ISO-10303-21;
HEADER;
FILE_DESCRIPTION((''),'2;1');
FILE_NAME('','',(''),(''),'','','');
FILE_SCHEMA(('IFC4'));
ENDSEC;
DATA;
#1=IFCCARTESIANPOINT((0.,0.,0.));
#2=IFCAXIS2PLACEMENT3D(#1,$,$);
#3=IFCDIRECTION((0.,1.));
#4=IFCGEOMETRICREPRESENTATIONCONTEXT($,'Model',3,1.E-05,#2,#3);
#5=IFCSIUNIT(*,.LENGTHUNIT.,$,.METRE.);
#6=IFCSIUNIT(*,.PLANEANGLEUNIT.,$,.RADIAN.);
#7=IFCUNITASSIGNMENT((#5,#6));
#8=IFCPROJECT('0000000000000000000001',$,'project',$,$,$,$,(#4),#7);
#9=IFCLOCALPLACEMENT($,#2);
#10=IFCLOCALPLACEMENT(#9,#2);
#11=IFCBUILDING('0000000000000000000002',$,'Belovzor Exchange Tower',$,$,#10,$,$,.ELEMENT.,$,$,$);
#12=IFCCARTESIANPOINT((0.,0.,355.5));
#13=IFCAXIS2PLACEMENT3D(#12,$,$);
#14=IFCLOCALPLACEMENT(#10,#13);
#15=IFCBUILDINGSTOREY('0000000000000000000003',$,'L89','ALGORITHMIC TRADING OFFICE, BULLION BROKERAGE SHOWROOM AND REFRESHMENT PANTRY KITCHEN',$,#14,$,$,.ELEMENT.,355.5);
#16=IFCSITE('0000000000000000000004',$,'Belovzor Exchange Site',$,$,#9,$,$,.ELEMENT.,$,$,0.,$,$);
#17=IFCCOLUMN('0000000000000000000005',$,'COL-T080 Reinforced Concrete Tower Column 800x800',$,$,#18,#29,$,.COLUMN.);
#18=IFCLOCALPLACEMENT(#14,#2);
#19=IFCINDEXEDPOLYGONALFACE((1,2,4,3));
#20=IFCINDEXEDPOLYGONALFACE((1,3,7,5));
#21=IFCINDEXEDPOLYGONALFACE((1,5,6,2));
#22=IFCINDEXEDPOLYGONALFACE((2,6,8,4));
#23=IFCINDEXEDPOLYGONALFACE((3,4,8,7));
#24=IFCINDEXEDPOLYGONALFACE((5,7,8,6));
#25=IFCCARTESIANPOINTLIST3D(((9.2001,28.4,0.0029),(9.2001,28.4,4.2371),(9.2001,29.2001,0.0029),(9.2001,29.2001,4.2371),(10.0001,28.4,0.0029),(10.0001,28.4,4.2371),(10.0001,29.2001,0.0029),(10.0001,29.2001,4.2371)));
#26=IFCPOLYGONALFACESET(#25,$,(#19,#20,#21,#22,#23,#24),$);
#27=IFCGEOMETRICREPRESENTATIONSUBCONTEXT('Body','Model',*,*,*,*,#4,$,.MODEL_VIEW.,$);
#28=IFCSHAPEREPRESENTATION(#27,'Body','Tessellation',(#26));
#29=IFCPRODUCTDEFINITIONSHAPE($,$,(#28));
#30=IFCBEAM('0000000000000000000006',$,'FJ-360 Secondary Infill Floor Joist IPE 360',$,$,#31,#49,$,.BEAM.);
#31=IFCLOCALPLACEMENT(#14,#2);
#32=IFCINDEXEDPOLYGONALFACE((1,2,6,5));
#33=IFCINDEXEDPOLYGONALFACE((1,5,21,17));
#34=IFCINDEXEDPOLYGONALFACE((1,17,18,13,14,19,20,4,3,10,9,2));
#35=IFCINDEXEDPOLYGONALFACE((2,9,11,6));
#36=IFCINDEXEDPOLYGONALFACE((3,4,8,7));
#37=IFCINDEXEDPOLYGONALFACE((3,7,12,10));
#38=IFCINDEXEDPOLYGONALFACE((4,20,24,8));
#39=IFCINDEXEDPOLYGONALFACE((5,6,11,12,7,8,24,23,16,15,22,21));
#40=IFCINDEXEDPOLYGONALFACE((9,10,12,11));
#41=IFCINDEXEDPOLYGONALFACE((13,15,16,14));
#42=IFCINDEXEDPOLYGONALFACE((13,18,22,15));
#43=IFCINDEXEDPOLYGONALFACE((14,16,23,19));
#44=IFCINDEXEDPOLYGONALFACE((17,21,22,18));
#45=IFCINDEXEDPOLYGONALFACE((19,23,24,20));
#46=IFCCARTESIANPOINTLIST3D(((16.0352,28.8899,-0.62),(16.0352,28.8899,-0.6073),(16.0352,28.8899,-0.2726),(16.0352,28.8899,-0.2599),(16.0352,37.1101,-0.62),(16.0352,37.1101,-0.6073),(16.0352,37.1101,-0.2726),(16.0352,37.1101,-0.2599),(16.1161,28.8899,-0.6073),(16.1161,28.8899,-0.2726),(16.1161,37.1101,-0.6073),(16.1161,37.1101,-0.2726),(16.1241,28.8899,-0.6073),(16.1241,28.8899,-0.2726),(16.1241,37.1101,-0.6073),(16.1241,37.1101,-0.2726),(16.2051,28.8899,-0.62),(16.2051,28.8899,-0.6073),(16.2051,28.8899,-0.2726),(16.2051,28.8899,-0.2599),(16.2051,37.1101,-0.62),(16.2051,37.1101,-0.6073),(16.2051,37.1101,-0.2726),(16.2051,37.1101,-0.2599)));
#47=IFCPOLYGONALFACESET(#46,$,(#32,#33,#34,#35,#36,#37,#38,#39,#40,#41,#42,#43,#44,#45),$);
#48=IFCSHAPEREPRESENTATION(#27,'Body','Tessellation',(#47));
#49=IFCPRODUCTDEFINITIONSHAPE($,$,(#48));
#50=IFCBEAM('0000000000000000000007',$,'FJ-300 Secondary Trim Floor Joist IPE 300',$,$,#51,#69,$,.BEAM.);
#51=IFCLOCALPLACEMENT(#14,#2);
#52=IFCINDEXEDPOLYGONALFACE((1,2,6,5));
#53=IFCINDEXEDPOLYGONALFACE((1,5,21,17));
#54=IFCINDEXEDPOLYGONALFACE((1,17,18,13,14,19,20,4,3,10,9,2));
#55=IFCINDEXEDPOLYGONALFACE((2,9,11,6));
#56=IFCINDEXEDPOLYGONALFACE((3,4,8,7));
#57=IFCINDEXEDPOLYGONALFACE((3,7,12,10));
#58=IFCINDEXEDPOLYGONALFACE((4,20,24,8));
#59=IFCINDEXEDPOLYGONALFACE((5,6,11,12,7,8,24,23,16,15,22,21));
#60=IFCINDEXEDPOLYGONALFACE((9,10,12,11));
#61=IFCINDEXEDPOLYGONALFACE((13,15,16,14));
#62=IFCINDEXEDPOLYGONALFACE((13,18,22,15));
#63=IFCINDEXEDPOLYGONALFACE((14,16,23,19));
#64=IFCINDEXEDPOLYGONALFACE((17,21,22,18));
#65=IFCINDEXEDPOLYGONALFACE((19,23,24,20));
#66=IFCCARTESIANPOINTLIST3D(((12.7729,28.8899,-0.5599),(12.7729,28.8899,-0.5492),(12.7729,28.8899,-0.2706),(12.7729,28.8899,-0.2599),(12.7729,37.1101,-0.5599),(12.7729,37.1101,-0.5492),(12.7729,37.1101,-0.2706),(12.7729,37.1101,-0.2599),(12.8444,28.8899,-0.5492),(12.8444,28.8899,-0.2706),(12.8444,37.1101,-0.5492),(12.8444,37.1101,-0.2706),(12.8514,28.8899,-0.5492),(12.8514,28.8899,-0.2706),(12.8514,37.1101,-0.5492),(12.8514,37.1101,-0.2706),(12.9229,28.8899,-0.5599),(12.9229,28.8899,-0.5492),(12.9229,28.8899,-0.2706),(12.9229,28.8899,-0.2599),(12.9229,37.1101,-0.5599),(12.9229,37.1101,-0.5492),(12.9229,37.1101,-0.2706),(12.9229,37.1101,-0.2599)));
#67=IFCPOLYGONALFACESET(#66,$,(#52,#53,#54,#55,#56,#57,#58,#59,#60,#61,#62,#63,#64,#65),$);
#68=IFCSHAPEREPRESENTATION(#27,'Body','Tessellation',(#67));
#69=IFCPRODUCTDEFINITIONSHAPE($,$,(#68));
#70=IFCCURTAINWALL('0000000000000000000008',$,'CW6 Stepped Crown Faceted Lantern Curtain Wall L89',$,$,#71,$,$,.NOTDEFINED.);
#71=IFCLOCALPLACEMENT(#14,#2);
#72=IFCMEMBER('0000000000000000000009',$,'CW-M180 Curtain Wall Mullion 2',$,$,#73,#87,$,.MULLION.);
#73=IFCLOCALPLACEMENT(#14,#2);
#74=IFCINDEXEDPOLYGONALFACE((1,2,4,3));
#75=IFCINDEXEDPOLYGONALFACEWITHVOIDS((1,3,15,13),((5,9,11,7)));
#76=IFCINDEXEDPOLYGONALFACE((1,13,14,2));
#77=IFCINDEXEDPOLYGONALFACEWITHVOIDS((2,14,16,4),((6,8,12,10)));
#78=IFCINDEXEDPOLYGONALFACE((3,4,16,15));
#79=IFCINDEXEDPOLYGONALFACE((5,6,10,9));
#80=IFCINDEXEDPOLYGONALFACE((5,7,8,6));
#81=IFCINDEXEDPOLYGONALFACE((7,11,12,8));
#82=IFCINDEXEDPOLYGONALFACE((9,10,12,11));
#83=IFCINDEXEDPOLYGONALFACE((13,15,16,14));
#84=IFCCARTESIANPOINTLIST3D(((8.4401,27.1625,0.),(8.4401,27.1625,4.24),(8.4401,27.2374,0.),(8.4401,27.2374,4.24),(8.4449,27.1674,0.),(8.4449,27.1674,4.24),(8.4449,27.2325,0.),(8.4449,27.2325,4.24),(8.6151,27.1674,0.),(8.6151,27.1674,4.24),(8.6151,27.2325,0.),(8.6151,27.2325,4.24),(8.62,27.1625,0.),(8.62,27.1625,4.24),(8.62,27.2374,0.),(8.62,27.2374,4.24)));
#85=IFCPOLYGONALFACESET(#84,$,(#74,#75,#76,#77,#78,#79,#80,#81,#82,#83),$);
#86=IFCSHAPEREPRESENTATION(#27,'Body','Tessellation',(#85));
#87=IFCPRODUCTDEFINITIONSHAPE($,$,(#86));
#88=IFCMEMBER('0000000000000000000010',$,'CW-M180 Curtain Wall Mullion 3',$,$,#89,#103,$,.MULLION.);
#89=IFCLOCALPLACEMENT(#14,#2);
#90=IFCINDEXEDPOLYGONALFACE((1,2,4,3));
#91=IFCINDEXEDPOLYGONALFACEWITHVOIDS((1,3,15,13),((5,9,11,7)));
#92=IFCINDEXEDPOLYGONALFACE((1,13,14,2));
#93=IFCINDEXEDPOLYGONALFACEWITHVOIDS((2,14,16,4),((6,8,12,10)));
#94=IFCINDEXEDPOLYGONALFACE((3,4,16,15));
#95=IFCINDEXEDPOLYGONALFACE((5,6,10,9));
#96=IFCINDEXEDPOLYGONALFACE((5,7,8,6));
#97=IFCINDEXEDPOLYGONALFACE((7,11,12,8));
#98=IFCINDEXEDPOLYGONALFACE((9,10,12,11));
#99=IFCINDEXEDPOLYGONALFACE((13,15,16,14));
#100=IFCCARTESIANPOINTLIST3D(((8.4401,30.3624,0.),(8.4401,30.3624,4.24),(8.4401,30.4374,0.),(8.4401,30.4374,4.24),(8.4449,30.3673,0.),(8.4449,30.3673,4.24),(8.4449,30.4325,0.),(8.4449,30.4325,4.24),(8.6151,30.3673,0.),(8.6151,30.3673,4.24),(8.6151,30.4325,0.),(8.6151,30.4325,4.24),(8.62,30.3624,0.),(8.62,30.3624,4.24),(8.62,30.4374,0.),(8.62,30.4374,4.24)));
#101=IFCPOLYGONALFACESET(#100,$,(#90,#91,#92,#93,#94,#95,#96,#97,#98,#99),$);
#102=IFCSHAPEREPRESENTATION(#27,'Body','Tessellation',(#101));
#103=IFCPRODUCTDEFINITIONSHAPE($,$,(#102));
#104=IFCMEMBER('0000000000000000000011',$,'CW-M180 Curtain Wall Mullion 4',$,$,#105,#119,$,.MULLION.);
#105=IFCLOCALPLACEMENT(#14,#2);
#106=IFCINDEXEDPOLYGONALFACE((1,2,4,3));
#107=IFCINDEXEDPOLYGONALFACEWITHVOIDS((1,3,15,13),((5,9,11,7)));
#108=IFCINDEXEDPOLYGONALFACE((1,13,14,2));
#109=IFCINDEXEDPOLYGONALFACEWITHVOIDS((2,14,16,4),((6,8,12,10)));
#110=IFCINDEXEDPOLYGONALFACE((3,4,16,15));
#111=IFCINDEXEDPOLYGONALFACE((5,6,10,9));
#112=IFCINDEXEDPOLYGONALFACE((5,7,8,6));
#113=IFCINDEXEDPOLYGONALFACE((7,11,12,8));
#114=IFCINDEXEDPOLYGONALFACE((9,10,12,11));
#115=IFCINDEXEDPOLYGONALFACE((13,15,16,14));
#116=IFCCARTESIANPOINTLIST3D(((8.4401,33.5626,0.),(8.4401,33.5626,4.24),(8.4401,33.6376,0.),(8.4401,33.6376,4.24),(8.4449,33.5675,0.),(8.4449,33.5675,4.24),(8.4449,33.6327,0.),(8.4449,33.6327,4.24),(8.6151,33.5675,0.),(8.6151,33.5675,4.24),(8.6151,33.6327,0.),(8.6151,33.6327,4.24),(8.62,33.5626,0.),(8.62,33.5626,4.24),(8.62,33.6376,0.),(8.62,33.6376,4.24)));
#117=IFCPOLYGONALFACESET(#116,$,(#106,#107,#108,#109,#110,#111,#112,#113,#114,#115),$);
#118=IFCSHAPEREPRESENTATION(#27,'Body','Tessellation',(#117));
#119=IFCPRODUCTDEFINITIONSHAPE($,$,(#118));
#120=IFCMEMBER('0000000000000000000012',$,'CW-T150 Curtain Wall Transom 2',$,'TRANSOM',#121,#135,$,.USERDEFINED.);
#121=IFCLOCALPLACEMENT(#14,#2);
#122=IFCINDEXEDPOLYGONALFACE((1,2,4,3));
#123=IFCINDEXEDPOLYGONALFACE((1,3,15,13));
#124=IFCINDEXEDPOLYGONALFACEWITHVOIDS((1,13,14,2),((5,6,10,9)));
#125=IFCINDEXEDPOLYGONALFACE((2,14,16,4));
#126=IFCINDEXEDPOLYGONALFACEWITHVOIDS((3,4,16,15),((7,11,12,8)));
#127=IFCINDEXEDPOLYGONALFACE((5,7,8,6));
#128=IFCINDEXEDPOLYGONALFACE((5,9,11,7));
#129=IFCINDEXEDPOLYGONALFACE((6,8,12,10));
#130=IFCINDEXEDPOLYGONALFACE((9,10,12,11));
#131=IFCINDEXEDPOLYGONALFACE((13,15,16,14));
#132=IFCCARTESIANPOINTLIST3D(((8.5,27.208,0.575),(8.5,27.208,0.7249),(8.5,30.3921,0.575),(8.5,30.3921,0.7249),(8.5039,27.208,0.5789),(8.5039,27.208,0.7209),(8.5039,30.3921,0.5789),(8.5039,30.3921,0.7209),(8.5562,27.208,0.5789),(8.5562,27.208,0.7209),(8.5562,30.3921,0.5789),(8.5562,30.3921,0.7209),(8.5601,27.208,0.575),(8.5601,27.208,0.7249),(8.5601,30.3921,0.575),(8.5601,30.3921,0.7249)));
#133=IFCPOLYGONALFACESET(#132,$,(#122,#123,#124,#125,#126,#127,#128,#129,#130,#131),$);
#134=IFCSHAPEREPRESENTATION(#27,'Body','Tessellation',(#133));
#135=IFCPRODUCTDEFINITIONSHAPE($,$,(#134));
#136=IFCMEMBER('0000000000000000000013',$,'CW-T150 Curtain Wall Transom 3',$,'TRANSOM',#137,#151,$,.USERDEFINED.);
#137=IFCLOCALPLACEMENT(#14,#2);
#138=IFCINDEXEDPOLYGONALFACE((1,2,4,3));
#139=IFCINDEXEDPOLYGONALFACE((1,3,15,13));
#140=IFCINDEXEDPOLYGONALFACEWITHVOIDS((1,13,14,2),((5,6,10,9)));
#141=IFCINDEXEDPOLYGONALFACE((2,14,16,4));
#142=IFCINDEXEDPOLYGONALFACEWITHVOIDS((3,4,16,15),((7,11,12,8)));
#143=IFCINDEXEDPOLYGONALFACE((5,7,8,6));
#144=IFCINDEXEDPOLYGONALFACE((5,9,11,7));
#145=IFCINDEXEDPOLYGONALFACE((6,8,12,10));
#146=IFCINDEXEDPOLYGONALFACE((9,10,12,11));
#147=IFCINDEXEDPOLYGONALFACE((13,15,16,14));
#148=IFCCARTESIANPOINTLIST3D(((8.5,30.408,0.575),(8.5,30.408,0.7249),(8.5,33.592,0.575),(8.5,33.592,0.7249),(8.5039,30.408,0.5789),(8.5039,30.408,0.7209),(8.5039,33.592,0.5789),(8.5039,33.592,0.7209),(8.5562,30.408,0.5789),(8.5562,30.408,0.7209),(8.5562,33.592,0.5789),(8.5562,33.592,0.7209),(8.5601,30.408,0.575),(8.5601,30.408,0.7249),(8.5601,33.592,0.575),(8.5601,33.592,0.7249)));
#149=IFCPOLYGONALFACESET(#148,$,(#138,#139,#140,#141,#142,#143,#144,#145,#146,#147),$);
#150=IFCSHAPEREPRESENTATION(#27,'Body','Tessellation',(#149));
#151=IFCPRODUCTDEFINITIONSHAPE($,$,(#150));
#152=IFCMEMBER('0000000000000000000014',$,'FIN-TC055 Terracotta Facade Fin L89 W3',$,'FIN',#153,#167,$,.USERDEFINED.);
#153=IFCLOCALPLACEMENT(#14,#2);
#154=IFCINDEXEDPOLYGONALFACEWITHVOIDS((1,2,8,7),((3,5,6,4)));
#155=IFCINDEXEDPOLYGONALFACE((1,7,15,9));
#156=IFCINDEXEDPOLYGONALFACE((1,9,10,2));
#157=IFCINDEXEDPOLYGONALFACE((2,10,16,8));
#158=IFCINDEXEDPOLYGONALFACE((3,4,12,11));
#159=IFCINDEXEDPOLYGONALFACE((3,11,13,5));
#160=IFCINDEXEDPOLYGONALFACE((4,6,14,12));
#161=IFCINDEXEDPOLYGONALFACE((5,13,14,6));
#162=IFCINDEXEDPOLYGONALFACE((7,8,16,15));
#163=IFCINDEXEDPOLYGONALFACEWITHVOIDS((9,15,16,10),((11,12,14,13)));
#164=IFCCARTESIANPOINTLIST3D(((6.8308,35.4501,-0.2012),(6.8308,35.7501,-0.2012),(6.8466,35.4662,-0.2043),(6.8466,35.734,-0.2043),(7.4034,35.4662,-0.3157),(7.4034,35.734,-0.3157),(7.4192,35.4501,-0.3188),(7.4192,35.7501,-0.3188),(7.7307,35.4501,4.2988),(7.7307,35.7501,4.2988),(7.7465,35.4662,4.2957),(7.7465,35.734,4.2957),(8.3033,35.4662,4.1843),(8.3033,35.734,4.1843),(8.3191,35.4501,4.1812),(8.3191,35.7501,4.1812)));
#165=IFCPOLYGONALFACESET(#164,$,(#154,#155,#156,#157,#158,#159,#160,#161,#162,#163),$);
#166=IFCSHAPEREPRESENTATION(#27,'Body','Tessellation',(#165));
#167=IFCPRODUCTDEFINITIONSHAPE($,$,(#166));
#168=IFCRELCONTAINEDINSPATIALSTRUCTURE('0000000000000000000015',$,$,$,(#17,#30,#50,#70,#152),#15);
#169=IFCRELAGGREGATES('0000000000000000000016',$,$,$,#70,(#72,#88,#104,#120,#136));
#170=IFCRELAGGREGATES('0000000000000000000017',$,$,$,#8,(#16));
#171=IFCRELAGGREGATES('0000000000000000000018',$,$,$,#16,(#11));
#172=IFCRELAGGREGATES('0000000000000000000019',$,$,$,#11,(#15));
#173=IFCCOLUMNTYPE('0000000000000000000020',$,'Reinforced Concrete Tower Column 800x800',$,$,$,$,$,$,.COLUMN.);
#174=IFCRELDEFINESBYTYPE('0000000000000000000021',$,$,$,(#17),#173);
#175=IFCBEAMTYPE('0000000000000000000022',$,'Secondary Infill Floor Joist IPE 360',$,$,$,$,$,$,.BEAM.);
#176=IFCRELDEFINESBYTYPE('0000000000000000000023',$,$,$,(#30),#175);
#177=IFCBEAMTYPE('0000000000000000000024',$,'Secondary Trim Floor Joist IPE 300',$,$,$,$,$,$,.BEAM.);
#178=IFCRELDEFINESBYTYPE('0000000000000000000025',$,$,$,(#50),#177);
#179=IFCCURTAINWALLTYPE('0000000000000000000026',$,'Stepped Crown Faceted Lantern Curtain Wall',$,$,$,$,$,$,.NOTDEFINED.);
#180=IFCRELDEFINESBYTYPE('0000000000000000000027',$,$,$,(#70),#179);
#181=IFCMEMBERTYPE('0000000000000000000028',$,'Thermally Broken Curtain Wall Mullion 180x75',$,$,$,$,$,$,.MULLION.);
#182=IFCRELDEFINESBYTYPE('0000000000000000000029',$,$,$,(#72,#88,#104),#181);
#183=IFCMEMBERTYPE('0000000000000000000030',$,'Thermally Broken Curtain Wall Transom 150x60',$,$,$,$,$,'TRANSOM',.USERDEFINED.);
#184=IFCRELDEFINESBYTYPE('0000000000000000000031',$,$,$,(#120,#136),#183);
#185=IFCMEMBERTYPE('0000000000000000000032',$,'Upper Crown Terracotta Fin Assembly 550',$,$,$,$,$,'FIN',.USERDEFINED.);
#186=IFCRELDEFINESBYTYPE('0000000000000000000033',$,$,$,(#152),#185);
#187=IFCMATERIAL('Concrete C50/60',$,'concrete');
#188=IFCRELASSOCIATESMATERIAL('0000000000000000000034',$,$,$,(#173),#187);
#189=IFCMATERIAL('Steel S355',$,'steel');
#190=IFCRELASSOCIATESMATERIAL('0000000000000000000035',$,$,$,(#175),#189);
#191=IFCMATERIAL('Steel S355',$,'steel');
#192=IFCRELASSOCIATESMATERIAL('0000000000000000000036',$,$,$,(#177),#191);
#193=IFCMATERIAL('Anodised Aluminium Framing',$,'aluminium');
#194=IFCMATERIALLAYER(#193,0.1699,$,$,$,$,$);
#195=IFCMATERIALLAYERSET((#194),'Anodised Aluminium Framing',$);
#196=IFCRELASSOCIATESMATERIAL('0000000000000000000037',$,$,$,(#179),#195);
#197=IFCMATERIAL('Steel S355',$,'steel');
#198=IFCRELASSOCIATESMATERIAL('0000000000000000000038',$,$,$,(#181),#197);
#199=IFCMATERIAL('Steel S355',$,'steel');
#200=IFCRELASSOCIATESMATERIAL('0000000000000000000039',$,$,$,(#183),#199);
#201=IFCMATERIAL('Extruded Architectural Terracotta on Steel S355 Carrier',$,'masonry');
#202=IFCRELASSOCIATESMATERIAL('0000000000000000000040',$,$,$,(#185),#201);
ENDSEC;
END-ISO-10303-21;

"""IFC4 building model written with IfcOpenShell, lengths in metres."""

from ifc_helpers import new_model, si_unit, direction, frame, origin, origin_2d, place, context, subcontext, project, spatial, rectangle, hollow_rectangle, i_section, extrude, material, layer, layer_set, material_profile, profile_set, type_object, element, aggregate, save


model = new_model("IFC4")

# Units and contexts
model_context = context("Model", 3, precision=1e-05, world=origin(), true_north=direction((0.0, 1.0)))
body_context = subcontext(model_context, "Body", "Model", "MODEL_VIEW")
ifc_project = project(units=[si_unit("LENGTHUNIT", "METRE"), si_unit("PLANEANGLEUNIT", "RADIAN")], contexts=[model_context])

# Site, building, storey
site_placement = place(None, origin())
site = spatial("IfcSite", under=ifc_project, at=site_placement, Name="Belovzor Exchange Site", CompositionType="ELEMENT", RefElevation=0.0)
building_placement = place(site_placement, origin())
building = spatial("IfcBuilding", under=site, at=building_placement, Name="Belovzor Exchange Tower", CompositionType="ELEMENT")
storey_placement = place(building_placement, frame((0.0, 0.0, 355.5)))
storey = spatial("IfcBuildingStorey", under=building, at=storey_placement, Name="L89", Description="ALGORITHMIC TRADING OFFICE, BULLION BROKERAGE SHOWROOM AND REFRESHMENT PANTRY KITCHEN", CompositionType="ELEMENT", Elevation=355.5)

# Column
ifc_material_1 = material(Name="Concrete C50/60", Category="concrete")
ifc_material_profile_1 = material_profile(ifc_material_1, rectangle(XDim=0.8, YDim=0.8, at=origin_2d()))
ifc_profile_set_1 = profile_set([ifc_material_profile_1], Name="Concrete C50/60")
column_type = type_object("IfcColumnType", Name="Reinforced Concrete Tower Column 800x800", PredefinedType="COLUMN", material=ifc_profile_set_1)
column_placement = place(storey_placement, frame((9.6001, 28.8, 0.0029), z_axis=(0.0, 0.0, 1.0), x_axis=(1.0, 0.0, 0.0)))
element("IfcColumn", 1, at=column_placement, inside=storey, type_object=column_type, Name="COL-T080 Reinforced Concrete Tower Column 800x800", PredefinedType="COLUMN", context=body_context, shape_type="SweptSolid", body=[
    extrude(rectangle(XDim=0.8, YDim=0.8, at=origin_2d()), origin(), (0.0, 0.0, 1.0), 4.2341),
])

# Beams
ifc_material_2 = material(Name="Steel S355", Category="steel")
ifc_material_profile_2 = material_profile(ifc_material_2, i_section(OverallWidth=0.1699, OverallDepth=0.3601, WebThickness=0.0081, FlangeThickness=0.0127, at=origin_2d()))
ifc_profile_set_2 = profile_set([ifc_material_profile_2], Name="Steel S355")
beam_type_1 = type_object("IfcBeamType", Name="Secondary Infill Floor Joist IPE 360", PredefinedType="BEAM", material=ifc_profile_set_2)
beam_1_placement = place(storey_placement, frame((16.1201, 28.8899, -0.4399), z_axis=(0.0, 1.0, 0.0), x_axis=(-1.0, 0.0, 0.0)))
element("IfcBeam", 2, at=beam_1_placement, inside=storey, type_object=beam_type_1, Name="FJ-360 Secondary Infill Floor Joist IPE 360", PredefinedType="BEAM", context=body_context, shape_type="SweptSolid", body=[
    extrude(i_section(OverallWidth=0.1699, OverallDepth=0.3601, WebThickness=0.0081, FlangeThickness=0.0127, at=origin_2d()), origin(), (0.0, 0.0, 1.0), 8.2202),
])
ifc_material_3 = material(Name="Steel S355", Category="steel")
ifc_material_profile_3 = material_profile(ifc_material_3, i_section(OverallWidth=0.1499, OverallDepth=0.3, WebThickness=0.0071, FlangeThickness=0.0107, at=origin_2d()))
ifc_profile_set_3 = profile_set([ifc_material_profile_3], Name="Steel S355")
beam_type_2 = type_object("IfcBeamType", Name="Secondary Trim Floor Joist IPE 300", PredefinedType="BEAM", material=ifc_profile_set_3)
beam_2_placement = place(storey_placement, frame((12.8479, 28.8899, -0.4099), z_axis=(0.0, 1.0, 0.0), x_axis=(-1.0, 0.0, 0.0)))
element("IfcBeam", 3, at=beam_2_placement, inside=storey, type_object=beam_type_2, Name="FJ-300 Secondary Trim Floor Joist IPE 300", PredefinedType="BEAM", context=body_context, shape_type="SweptSolid", body=[
    extrude(i_section(OverallWidth=0.1499, OverallDepth=0.3, WebThickness=0.0071, FlangeThickness=0.0107, at=origin_2d()), origin(), (0.0, 0.0, 1.0), 8.2202),
])

# Curtain wall, members
ifc_material_4 = material(Name="Anodised Aluminium Framing", Category="aluminium")
ifc_layer_1 = layer(ifc_material_4, 0.1699)
ifc_layer_set_1 = layer_set([ifc_layer_1], Name="Anodised Aluminium Framing")
curtain_wall_type = type_object("IfcCurtainWallType", Name="Stepped Crown Faceted Lantern Curtain Wall", PredefinedType="NOTDEFINED", material=ifc_layer_set_1)
curtain_wall_placement = place(storey_placement, origin())
curtain_wall = element("IfcCurtainWall", 4, at=curtain_wall_placement, inside=storey, type_object=curtain_wall_type, Name="CW6 Stepped Crown Faceted Lantern Curtain Wall L89", PredefinedType="NOTDEFINED")
ifc_material_5 = material(Name="Steel S355", Category="steel")
ifc_material_profile_4 = material_profile(ifc_material_5, hollow_rectangle(XDim=0.075, YDim=0.1799, WallThickness=0.0049, at=origin_2d()))
ifc_profile_set_4 = profile_set([ifc_material_profile_4], Name="Steel S355")
member_type_1 = type_object("IfcMemberType", Name="Thermally Broken Curtain Wall Mullion 180x75", PredefinedType="MULLION", material=ifc_profile_set_4)
member_1_placement = place(storey_placement, frame((8.53, 27.2, 0.0), z_axis=(0.0, 0.0, 1.0), x_axis=(0.0, 1.0, 0.0)))
member_1 = element("IfcMember", 5, at=member_1_placement, type_object=member_type_1, Name="CW-M180 Curtain Wall Mullion 2", PredefinedType="MULLION", context=body_context, shape_type="SweptSolid", body=[
    extrude(hollow_rectangle(XDim=0.075, YDim=0.1799, WallThickness=0.0049, at=origin_2d()), origin(), (0.0, 0.0, 1.0), 4.24),
])
member_2_placement = place(storey_placement, frame((8.53, 30.3999, 0.0), z_axis=(0.0, 0.0, 1.0), x_axis=(0.0, 1.0, 0.0)))
member_2 = element("IfcMember", 6, at=member_2_placement, type_object=member_type_1, Name="CW-M180 Curtain Wall Mullion 3", PredefinedType="MULLION", context=body_context, shape_type="SweptSolid", body=[
    extrude(hollow_rectangle(XDim=0.075, YDim=0.1799, WallThickness=0.0049, at=origin_2d()), origin(), (0.0, 0.0, 1.0), 4.24),
])
member_3_placement = place(storey_placement, frame((8.53, 33.6001, 0.0), z_axis=(0.0, 0.0, 1.0), x_axis=(0.0, 1.0, 0.0)))
member_3 = element("IfcMember", 7, at=member_3_placement, type_object=member_type_1, Name="CW-M180 Curtain Wall Mullion 4", PredefinedType="MULLION", context=body_context, shape_type="SweptSolid", body=[
    extrude(hollow_rectangle(XDim=0.075, YDim=0.1799, WallThickness=0.0049, at=origin_2d()), origin(), (0.0, 0.0, 1.0), 4.24),
])
ifc_material_6 = material(Name="Steel S355", Category="steel")
ifc_material_profile_5 = material_profile(ifc_material_6, hollow_rectangle(XDim=0.0601, YDim=0.1499, WallThickness=0.0039, at=origin_2d()))
ifc_profile_set_5 = profile_set([ifc_material_profile_5], Name="Steel S355")
member_type_2 = type_object("IfcMemberType", Name="Thermally Broken Curtain Wall Transom 150x60", ElementType="TRANSOM", PredefinedType="USERDEFINED", material=ifc_profile_set_5)
member_4_placement = place(storey_placement, frame((8.53, 27.208, 0.6499), z_axis=(0.0, 1.0, 0.0), x_axis=(-1.0, 0.0, 0.0)))
member_4 = element("IfcMember", 8, at=member_4_placement, type_object=member_type_2, Name="CW-T150 Curtain Wall Transom 2", ObjectType="TRANSOM", PredefinedType="USERDEFINED", context=body_context, shape_type="SweptSolid", body=[
    extrude(hollow_rectangle(XDim=0.0601, YDim=0.1499, WallThickness=0.0039, at=origin_2d()), origin(), (0.0, 0.0, 1.0), 3.1841),
])
member_5_placement = place(storey_placement, frame((8.53, 30.408, 0.6499), z_axis=(0.0, 1.0, 0.0), x_axis=(-1.0, 0.0, 0.0)))
member_5 = element("IfcMember", 9, at=member_5_placement, type_object=member_type_2, Name="CW-T150 Curtain Wall Transom 3", ObjectType="TRANSOM", PredefinedType="USERDEFINED", context=body_context, shape_type="SweptSolid", body=[
    extrude(hollow_rectangle(XDim=0.0601, YDim=0.1499, WallThickness=0.0039, at=origin_2d()), origin(), (0.0, 0.0, 1.0), 3.1841),
])

# Member
ifc_material_7 = material(Name="Extruded Architectural Terracotta on Steel S355 Carrier", Category="masonry")
ifc_material_profile_6 = material_profile(ifc_material_7, hollow_rectangle(XDim=0.3, YDim=0.6001, WallThickness=0.0161, at=origin_2d()))
ifc_profile_set_6 = profile_set([ifc_material_profile_6], Name="Extruded Architectural Terracotta on Steel S355 Carrier")
member_type_3 = type_object("IfcMemberType", Name="Upper Crown Terracotta Fin Assembly 550", ElementType="FIN", PredefinedType="USERDEFINED", material=ifc_profile_set_6)
member_6_placement = place(storey_placement, frame((7.125, 35.6001, -0.26), z_axis=(0.196096, 0.0, 0.980585), x_axis=(0.0, 1.0, 0.0)))
element("IfcMember", 10, at=member_6_placement, inside=storey, type_object=member_type_3, Name="FIN-TC055 Terracotta Facade Fin L89 W3", ObjectType="FIN", PredefinedType="USERDEFINED", context=body_context, shape_type="SweptSolid", body=[
    extrude(hollow_rectangle(XDim=0.3, YDim=0.6001, WallThickness=0.0161, at=origin_2d()), origin(), (0.0, 0.0, 1.0), 4.5891),
])

aggregate(curtain_wall, [member_1, member_2, member_3, member_4, member_5])

save(model, "model.ifc")
